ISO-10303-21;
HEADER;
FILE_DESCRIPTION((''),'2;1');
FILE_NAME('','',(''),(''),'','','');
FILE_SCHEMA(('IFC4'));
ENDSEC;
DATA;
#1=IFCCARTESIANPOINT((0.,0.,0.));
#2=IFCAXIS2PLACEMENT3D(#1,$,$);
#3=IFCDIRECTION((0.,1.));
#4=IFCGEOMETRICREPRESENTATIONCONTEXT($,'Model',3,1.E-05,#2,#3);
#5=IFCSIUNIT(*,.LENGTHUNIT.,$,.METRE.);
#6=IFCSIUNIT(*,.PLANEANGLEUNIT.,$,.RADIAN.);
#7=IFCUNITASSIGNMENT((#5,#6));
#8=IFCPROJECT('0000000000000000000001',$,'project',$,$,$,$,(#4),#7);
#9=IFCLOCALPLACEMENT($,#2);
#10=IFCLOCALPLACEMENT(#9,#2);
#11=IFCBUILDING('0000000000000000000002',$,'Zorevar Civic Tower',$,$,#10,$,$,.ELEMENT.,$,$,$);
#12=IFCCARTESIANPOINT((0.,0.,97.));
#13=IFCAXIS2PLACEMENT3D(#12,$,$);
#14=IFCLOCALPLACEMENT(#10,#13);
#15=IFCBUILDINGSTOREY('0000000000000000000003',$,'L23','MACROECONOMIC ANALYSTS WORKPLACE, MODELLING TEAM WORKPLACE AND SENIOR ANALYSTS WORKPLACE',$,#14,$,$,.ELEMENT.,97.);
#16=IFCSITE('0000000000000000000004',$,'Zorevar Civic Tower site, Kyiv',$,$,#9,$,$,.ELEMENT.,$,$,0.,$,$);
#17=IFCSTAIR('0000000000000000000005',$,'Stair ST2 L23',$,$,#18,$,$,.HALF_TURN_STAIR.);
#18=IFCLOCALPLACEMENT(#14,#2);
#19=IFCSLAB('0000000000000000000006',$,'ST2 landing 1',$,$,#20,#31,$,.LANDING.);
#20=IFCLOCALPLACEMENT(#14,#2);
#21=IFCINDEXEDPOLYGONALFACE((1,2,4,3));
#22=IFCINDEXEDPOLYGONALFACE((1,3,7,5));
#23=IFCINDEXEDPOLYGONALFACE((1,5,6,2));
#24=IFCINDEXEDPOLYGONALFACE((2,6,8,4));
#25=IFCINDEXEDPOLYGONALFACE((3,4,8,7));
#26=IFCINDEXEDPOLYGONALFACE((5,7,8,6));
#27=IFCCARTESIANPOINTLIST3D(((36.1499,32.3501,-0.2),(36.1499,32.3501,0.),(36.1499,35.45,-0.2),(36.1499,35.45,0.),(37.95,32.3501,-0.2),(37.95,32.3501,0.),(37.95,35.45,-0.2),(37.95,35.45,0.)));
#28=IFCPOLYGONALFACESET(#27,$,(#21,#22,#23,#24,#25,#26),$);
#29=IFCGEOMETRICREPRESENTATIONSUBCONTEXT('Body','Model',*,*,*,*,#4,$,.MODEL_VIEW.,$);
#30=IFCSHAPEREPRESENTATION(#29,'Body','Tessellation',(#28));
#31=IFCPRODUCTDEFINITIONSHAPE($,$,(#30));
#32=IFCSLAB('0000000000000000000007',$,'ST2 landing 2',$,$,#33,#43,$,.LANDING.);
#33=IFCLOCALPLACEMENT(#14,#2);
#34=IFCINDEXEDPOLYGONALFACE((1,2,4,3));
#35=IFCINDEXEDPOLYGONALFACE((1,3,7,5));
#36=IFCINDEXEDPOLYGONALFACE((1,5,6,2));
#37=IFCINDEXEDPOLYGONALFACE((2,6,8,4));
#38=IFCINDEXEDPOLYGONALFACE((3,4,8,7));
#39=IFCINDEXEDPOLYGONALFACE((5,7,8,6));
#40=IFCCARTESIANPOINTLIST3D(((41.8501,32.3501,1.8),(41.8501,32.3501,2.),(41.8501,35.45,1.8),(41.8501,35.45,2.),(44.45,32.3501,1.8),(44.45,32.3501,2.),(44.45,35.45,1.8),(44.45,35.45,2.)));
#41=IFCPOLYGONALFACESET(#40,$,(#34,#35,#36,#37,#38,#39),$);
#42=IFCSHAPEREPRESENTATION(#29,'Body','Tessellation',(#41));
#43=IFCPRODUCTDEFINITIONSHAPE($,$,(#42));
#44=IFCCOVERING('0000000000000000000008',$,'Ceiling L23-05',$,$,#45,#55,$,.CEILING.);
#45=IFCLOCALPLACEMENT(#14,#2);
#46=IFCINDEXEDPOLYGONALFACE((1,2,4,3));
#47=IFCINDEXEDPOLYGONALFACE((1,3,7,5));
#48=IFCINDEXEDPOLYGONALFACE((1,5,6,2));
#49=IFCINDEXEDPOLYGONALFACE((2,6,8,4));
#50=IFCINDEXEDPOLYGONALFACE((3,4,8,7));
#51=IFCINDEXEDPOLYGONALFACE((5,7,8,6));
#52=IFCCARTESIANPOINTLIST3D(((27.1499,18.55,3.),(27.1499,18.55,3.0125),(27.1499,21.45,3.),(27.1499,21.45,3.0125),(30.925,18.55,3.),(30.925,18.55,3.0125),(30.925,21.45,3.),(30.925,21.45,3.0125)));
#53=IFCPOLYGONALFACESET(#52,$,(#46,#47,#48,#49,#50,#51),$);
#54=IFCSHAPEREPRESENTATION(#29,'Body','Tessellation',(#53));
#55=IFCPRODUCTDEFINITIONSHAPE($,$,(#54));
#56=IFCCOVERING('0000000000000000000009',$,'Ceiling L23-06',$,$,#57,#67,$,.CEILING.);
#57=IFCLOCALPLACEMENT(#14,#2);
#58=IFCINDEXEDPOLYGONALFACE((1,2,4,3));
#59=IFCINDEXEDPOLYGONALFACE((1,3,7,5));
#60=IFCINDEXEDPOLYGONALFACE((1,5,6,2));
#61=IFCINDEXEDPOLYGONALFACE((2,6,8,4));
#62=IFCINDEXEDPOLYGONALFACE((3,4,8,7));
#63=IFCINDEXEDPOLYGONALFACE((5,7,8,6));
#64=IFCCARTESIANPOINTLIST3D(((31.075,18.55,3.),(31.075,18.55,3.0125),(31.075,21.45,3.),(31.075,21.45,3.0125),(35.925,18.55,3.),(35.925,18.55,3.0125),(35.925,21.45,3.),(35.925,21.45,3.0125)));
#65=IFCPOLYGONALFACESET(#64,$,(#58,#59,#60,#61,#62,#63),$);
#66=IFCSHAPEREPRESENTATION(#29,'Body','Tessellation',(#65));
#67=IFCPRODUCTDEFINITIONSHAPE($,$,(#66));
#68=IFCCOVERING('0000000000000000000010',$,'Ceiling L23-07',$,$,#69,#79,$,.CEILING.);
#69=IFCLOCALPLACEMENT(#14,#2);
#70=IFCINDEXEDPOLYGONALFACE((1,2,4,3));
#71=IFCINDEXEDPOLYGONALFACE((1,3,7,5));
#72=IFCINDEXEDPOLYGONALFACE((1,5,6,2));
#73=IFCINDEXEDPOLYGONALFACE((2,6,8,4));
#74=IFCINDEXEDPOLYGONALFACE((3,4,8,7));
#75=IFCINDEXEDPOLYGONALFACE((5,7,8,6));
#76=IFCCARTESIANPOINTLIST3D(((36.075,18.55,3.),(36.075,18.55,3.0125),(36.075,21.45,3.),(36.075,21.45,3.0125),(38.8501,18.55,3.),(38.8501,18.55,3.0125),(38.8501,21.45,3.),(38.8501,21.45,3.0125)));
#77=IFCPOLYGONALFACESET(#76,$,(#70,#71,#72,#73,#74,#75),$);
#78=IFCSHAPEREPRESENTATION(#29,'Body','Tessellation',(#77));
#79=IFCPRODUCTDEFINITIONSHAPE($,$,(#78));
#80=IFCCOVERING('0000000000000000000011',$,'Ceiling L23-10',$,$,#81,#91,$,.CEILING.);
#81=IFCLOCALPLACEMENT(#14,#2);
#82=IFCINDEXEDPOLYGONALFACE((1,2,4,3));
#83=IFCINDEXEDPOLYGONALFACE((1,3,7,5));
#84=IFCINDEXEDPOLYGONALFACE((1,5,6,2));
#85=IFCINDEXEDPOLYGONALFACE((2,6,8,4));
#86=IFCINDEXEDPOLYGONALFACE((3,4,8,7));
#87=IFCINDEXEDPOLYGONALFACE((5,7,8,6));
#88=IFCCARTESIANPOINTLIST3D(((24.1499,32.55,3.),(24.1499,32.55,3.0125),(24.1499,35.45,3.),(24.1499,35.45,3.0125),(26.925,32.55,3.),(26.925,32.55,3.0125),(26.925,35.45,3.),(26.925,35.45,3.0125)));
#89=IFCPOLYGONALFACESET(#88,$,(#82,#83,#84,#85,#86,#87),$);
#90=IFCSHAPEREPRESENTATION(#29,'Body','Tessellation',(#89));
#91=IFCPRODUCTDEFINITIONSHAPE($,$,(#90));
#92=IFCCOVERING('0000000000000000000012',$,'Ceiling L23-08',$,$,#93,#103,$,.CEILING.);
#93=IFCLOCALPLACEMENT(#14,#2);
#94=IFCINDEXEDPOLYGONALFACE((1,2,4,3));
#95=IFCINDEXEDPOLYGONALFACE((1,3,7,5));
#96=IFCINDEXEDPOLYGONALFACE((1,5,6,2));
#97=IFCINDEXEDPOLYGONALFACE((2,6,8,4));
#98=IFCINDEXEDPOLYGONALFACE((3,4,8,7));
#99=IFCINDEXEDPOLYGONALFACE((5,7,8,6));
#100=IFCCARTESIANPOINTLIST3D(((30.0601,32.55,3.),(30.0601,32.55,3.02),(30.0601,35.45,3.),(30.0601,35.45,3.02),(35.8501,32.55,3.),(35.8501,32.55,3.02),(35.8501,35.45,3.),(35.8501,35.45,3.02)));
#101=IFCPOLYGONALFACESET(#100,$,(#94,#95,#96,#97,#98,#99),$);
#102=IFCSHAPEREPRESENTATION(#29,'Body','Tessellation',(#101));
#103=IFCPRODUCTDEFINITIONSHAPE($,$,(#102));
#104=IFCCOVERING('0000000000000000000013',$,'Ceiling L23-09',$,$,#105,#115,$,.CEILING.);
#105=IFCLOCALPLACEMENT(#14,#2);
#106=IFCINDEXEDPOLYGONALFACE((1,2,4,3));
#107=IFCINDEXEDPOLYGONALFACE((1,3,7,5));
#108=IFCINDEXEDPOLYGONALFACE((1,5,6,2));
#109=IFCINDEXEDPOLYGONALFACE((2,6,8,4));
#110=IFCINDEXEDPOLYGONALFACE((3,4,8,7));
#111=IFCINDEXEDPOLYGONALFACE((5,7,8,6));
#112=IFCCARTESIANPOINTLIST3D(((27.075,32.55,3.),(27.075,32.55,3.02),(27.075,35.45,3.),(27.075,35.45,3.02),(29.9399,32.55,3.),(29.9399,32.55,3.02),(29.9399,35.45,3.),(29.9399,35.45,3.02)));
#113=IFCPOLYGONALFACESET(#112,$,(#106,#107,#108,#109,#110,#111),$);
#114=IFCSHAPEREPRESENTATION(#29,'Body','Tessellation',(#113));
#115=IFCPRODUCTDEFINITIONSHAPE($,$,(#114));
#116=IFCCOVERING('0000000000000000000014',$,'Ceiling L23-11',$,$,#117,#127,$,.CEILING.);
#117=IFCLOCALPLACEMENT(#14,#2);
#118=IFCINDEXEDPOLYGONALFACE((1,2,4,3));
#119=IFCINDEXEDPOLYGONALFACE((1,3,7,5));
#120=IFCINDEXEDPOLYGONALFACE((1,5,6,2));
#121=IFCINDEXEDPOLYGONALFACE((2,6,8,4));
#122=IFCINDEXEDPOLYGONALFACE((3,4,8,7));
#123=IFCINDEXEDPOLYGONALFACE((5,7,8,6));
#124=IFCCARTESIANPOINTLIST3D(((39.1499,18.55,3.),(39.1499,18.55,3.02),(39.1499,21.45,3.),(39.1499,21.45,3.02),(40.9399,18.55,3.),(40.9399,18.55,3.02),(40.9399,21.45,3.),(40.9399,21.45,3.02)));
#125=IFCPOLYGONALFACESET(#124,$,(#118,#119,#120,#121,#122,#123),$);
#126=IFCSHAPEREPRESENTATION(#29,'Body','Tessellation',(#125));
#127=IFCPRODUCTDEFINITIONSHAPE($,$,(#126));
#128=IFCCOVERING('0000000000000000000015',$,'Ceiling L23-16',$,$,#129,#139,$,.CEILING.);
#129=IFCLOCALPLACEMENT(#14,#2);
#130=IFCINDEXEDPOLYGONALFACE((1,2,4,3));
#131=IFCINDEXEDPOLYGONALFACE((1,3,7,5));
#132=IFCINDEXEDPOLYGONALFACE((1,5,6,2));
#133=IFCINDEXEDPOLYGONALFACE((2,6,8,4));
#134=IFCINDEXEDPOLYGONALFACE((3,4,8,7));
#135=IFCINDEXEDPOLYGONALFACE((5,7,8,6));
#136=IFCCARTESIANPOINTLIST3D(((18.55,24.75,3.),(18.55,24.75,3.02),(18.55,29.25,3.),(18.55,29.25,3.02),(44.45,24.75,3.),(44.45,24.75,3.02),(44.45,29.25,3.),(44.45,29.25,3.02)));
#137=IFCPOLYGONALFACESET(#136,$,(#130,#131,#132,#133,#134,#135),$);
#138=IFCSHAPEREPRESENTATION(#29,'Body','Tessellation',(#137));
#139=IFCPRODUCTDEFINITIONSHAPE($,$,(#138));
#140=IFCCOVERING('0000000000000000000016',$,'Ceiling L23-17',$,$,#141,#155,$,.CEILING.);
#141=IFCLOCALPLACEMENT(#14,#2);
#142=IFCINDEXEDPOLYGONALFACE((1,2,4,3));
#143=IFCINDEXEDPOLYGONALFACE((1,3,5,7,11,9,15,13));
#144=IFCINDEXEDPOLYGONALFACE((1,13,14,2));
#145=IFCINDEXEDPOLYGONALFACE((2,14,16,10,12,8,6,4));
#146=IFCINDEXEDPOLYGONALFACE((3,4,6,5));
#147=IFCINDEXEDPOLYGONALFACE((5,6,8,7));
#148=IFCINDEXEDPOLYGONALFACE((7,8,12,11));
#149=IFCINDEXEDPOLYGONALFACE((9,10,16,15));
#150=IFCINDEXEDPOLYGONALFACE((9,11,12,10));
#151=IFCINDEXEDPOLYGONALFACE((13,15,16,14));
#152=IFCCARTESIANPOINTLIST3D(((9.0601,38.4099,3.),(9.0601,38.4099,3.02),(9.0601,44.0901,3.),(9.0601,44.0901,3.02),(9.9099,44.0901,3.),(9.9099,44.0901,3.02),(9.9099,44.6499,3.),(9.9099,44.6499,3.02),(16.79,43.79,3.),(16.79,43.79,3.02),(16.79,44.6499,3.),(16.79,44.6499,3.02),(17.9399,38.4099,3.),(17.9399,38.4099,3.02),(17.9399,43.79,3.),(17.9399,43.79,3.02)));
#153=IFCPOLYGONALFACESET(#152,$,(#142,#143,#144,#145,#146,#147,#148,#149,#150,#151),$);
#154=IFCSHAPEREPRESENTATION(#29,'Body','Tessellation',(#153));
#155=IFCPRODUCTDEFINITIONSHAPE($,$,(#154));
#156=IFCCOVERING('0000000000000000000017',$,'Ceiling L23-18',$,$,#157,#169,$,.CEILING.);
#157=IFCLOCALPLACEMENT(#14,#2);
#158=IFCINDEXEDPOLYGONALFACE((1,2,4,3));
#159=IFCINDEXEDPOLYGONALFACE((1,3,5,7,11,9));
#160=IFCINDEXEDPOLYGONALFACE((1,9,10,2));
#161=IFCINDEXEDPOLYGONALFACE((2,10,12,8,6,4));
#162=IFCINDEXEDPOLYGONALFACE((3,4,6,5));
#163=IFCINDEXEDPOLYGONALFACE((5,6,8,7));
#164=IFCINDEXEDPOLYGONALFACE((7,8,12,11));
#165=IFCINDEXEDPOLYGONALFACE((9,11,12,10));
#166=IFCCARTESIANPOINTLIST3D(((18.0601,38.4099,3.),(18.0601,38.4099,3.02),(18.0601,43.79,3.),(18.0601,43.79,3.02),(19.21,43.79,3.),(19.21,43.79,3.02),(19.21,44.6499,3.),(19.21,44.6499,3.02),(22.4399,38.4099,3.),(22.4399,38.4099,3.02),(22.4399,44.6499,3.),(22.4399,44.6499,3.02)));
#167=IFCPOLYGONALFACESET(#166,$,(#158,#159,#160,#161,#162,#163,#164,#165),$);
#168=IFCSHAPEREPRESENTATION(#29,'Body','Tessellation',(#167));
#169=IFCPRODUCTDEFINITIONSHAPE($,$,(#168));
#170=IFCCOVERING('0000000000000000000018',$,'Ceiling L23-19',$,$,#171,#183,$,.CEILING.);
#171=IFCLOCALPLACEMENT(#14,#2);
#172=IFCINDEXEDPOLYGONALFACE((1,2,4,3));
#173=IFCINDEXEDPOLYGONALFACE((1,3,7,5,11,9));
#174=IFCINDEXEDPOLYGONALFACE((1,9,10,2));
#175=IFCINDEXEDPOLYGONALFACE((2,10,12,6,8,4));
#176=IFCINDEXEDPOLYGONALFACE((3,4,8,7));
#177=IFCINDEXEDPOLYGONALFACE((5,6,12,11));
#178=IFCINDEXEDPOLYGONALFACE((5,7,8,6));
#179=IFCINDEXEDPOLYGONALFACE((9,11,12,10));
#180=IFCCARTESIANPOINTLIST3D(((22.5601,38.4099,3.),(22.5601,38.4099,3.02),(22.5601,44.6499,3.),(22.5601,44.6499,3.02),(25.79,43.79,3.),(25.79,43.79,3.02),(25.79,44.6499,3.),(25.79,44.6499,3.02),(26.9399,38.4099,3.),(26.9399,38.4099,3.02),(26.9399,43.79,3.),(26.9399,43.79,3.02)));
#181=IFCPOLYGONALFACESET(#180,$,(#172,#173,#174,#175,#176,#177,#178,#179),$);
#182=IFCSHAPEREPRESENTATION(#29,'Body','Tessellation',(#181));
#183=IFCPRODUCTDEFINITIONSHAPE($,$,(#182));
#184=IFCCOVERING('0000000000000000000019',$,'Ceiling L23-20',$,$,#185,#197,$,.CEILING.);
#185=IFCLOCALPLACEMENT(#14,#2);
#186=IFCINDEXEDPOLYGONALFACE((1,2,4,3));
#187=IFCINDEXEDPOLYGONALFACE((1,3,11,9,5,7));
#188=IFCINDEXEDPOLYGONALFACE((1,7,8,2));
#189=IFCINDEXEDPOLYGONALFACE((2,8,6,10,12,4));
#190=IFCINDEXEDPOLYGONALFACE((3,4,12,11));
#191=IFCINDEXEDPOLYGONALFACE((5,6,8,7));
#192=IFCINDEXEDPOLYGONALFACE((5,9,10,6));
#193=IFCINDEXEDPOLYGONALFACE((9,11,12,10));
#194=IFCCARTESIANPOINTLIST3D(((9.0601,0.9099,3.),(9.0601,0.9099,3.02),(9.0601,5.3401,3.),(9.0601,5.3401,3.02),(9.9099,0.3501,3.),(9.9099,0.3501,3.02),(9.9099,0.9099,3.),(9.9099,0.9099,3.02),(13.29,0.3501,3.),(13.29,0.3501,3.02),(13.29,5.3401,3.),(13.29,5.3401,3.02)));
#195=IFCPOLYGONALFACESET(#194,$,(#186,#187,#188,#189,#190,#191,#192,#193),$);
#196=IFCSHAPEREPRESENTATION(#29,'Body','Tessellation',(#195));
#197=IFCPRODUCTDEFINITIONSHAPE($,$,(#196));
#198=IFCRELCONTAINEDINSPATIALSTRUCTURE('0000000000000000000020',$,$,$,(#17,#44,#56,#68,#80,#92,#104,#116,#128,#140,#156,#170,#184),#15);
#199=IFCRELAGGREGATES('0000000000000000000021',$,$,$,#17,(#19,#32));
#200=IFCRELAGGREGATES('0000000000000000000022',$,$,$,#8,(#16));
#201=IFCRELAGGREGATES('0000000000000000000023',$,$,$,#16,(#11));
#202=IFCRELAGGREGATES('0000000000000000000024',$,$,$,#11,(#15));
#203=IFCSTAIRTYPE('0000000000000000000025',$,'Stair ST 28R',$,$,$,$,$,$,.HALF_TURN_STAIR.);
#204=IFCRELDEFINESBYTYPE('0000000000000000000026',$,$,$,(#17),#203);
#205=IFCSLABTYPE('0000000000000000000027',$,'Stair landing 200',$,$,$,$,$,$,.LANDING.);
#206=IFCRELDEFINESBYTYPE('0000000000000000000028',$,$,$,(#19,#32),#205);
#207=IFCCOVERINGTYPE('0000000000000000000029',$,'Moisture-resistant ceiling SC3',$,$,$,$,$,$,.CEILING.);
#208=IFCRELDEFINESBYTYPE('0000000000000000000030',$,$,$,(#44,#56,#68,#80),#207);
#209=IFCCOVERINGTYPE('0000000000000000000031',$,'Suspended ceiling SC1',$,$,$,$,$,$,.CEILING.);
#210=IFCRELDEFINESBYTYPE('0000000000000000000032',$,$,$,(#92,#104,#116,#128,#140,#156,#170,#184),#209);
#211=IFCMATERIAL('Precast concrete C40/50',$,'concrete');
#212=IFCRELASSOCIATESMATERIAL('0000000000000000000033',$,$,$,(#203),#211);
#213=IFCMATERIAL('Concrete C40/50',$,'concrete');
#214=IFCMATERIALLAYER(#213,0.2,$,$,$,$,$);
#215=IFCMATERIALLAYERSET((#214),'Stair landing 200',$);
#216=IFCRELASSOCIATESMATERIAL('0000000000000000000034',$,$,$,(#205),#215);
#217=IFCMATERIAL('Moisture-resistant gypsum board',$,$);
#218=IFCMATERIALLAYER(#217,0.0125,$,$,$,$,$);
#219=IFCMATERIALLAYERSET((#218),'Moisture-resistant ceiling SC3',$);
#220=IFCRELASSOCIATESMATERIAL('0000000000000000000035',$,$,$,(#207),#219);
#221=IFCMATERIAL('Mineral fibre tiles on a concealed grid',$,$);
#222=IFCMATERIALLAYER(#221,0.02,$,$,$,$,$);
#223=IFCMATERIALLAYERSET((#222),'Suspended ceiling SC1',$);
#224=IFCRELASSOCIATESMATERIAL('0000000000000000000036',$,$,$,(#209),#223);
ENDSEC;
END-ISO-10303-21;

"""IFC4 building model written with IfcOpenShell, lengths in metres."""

from ifc_helpers import new_model, si_unit, direction, frame, origin, place, context, subcontext, project, spatial, polyline, outline, extrude, material, layer, layer_set, type_object, element, aggregate, save


model = new_model("IFC4")

# Units and contexts
model_context = context("Model", 3, precision=1e-05, world=origin(), true_north=direction((0.0, 1.0)))
body_context = subcontext(model_context, "Body", "Model", "MODEL_VIEW")
ifc_project = project(units=[si_unit("LENGTHUNIT", "METRE"), si_unit("PLANEANGLEUNIT", "RADIAN")], contexts=[model_context])

# Site, building, storey
site_placement = place(None, origin())
site = spatial("IfcSite", under=ifc_project, at=site_placement, Name="Zorevar Civic Tower site, Kyiv", CompositionType="ELEMENT", RefElevation=0.0)
building_placement = place(site_placement, origin())
building = spatial("IfcBuilding", under=site, at=building_placement, Name="Zorevar Civic Tower", CompositionType="ELEMENT")
storey_placement = place(building_placement, frame((0.0, 0.0, 97.0)))
storey = spatial("IfcBuildingStorey", under=building, at=storey_placement, Name="L23", Description="MACROECONOMIC ANALYSTS WORKPLACE, MODELLING TEAM WORKPLACE AND SENIOR ANALYSTS WORKPLACE", CompositionType="ELEMENT", Elevation=97.0)

# Stair, slabs
ifc_material_1 = material(Name="Precast concrete C40/50", Category="concrete")
stair_type = type_object("IfcStairType", Name="Stair ST 28R", PredefinedType="HALF_TURN_STAIR", material=ifc_material_1)
ifc_material_2 = material(Name="Concrete C40/50", Category="concrete")
ifc_layer_1 = layer(ifc_material_2, 0.2)
ifc_layer_set_1 = layer_set([ifc_layer_1], Name="Stair landing 200")
slab_type_1 = type_object("IfcSlabType", Name="Stair landing 200", PredefinedType="LANDING", material=ifc_layer_set_1)
stair_1_placement = place(storey_placement, origin())
stair_1 = element("IfcStair", 1, at=stair_1_placement, inside=storey, type_object=stair_type, Name="Stair ST2 L23", PredefinedType="HALF_TURN_STAIR")
slab_1_placement = place(storey_placement, frame((0.0, 0.0, -0.2)))
slab_1 = element("IfcSlab", 2, at=slab_1_placement, type_object=slab_type_1, Name="ST2 landing 1", PredefinedType="LANDING", context=body_context, shape_type="SweptSolid", body=[
    extrude(outline(polyline([(37.95, 32.3501), (36.1499, 32.3501), (36.1499, 35.45), (37.95, 35.45), (37.95, 32.3501)])), origin(), (0.0, 0.0, 1.0), 0.2),
])
slab_2_placement = place(storey_placement, frame((0.0, 0.0, 1.8)))
slab_2 = element("IfcSlab", 3, at=slab_2_placement, type_object=slab_type_1, Name="ST2 landing 2", PredefinedType="LANDING", context=body_context, shape_type="SweptSolid", body=[
    extrude(outline(polyline([(44.45, 32.3501), (41.8501, 32.3501), (41.8501, 35.45), (44.45, 35.45), (44.45, 32.3501)])), origin(), (0.0, 0.0, 1.0), 0.2),
])
aggregate(stair_1, [slab_1, slab_2])

# Coverings
ifc_material_3 = material(Name="Moisture-resistant gypsum board")
ifc_layer_2 = layer(ifc_material_3, 0.0125)
ifc_layer_set_2 = layer_set([ifc_layer_2], Name="Moisture-resistant ceiling SC3")
covering_type_1 = type_object("IfcCoveringType", Name="Moisture-resistant ceiling SC3", PredefinedType="CEILING", material=ifc_layer_set_2)
covering_1_placement = place(storey_placement, frame((0.0, 0.0, 3.0)))
element("IfcCovering", 4, at=covering_1_placement, inside=storey, type_object=covering_type_1, Name="Ceiling L23-05", PredefinedType="CEILING", context=body_context, shape_type="SweptSolid", body=[
    extrude(outline(polyline([(30.925, 18.55), (30.925, 21.45), (27.1499, 21.45), (27.1499, 18.55), (30.925, 18.55)])), origin(), (0.0, 0.0, 1.0), 0.0125),
])
covering_2_placement = place(storey_placement, frame((0.0, 0.0, 3.0)))
element("IfcCovering", 5, at=covering_2_placement, inside=storey, type_object=covering_type_1, Name="Ceiling L23-06", PredefinedType="CEILING", context=body_context, shape_type="SweptSolid", body=[
    extrude(outline(polyline([(35.925, 18.55), (35.925, 21.45), (31.075, 21.45), (31.075, 18.55), (35.925, 18.55)])), origin(), (0.0, 0.0, 1.0), 0.0125),
])
covering_3_placement = place(storey_placement, frame((0.0, 0.0, 3.0)))
element("IfcCovering", 6, at=covering_3_placement, inside=storey, type_object=covering_type_1, Name="Ceiling L23-07", PredefinedType="CEILING", context=body_context, shape_type="SweptSolid", body=[
    extrude(outline(polyline([(38.8501, 18.55), (38.8501, 21.45), (36.075, 21.45), (36.075, 18.55), (38.8501, 18.55)])), origin(), (0.0, 0.0, 1.0), 0.0125),
])
covering_4_placement = place(storey_placement, frame((0.0, 0.0, 3.0)))
element("IfcCovering", 7, at=covering_4_placement, inside=storey, type_object=covering_type_1, Name="Ceiling L23-10", PredefinedType="CEILING", context=body_context, shape_type="SweptSolid", body=[
    extrude(outline(polyline([(26.925, 32.55), (26.925, 35.45), (24.1499, 35.45), (24.1499, 32.55), (26.925, 32.55)])), origin(), (0.0, 0.0, 1.0), 0.0125),
])
ifc_material_4 = material(Name="Mineral fibre tiles on a concealed grid")
ifc_layer_3 = layer(ifc_material_4, 0.02)
ifc_layer_set_3 = layer_set([ifc_layer_3], Name="Suspended ceiling SC1")
covering_type_2 = type_object("IfcCoveringType", Name="Suspended ceiling SC1", PredefinedType="CEILING", material=ifc_layer_set_3)
covering_5_placement = place(storey_placement, frame((0.0, 0.0, 3.0)))
element("IfcCovering", 8, at=covering_5_placement, inside=storey, type_object=covering_type_2, Name="Ceiling L23-08", PredefinedType="CEILING", context=body_context, shape_type="SweptSolid", body=[
    extrude(outline(polyline([(35.8501, 32.55), (35.8501, 35.45), (30.0601, 35.45), (30.0601, 32.55), (35.8501, 32.55)])), origin(), (0.0, 0.0, 1.0), 0.02),
])
covering_6_placement = place(storey_placement, frame((0.0, 0.0, 3.0)))
element("IfcCovering", 9, at=covering_6_placement, inside=storey, type_object=covering_type_2, Name="Ceiling L23-09", PredefinedType="CEILING", context=body_context, shape_type="SweptSolid", body=[
    extrude(outline(polyline([(29.9399, 32.55), (29.9399, 35.45), (27.075, 35.45), (27.075, 32.55), (29.9399, 32.55)])), origin(), (0.0, 0.0, 1.0), 0.02),
])
covering_7_placement = place(storey_placement, frame((0.0, 0.0, 3.0)))
element("IfcCovering", 10, at=covering_7_placement, inside=storey, type_object=covering_type_2, Name="Ceiling L23-11", PredefinedType="CEILING", context=body_context, shape_type="SweptSolid", body=[
    extrude(outline(polyline([(40.9399, 18.55), (40.9399, 21.45), (39.1499, 21.45), (39.1499, 18.55), (40.9399, 18.55)])), origin(), (0.0, 0.0, 1.0), 0.02),
])
covering_8_placement = place(storey_placement, frame((0.0, 0.0, 3.0)))
element("IfcCovering", 11, at=covering_8_placement, inside=storey, type_object=covering_type_2, Name="Ceiling L23-16", PredefinedType="CEILING", context=body_context, shape_type="SweptSolid", body=[
    extrude(outline(polyline([(44.45, 24.75), (44.45, 29.25), (18.55, 29.25), (18.55, 24.75), (44.45, 24.75)])), origin(), (0.0, 0.0, 1.0), 0.02),
])
covering_9_placement = place(storey_placement, frame((0.0, 0.0, 3.0)))
element("IfcCovering", 12, at=covering_9_placement, inside=storey, type_object=covering_type_2, Name="Ceiling L23-17", PredefinedType="CEILING", context=body_context, shape_type="SweptSolid", body=[
    extrude(outline(polyline([(9.9099, 44.0901), (9.9099, 44.6499), (16.79, 44.6499), (16.79, 43.79), (17.9399, 43.79), (17.9399, 38.4099), (9.0601, 38.4099), (9.0601, 44.0901), (9.9099, 44.0901)])), origin(), (0.0, 0.0, 1.0), 0.02),
])
covering_10_placement = place(storey_placement, frame((0.0, 0.0, 3.0)))
element("IfcCovering", 13, at=covering_10_placement, inside=storey, type_object=covering_type_2, Name="Ceiling L23-18", PredefinedType="CEILING", context=body_context, shape_type="SweptSolid", body=[
    extrude(outline(polyline([(18.0601, 38.4099), (18.0601, 43.79), (19.21, 43.79), (19.21, 44.6499), (22.4399, 44.6499), (22.4399, 38.4099), (18.0601, 38.4099)])), origin(), (0.0, 0.0, 1.0), 0.02),
])
covering_11_placement = place(storey_placement, frame((0.0, 0.0, 3.0)))
element("IfcCovering", 14, at=covering_11_placement, inside=storey, type_object=covering_type_2, Name="Ceiling L23-19", PredefinedType="CEILING", context=body_context, shape_type="SweptSolid", body=[
    extrude(outline(polyline([(22.5601, 38.4099), (22.5601, 44.6499), (25.79, 44.6499), (25.79, 43.79), (26.9399, 43.79), (26.9399, 38.4099), (22.5601, 38.4099)])), origin(), (0.0, 0.0, 1.0), 0.02),
])
covering_12_placement = place(storey_placement, frame((0.0, 0.0, 3.0)))
element("IfcCovering", 15, at=covering_12_placement, inside=storey, type_object=covering_type_2, Name="Ceiling L23-20", PredefinedType="CEILING", context=body_context, shape_type="SweptSolid", body=[
    extrude(outline(polyline([(13.29, 5.3401), (13.29, 0.3501), (9.9099, 0.3501), (9.9099, 0.9099), (9.0601, 0.9099), (9.0601, 5.3401), (13.29, 5.3401)])), origin(), (0.0, 0.0, 1.0), 0.02),
])

save(model, "model.ifc")
